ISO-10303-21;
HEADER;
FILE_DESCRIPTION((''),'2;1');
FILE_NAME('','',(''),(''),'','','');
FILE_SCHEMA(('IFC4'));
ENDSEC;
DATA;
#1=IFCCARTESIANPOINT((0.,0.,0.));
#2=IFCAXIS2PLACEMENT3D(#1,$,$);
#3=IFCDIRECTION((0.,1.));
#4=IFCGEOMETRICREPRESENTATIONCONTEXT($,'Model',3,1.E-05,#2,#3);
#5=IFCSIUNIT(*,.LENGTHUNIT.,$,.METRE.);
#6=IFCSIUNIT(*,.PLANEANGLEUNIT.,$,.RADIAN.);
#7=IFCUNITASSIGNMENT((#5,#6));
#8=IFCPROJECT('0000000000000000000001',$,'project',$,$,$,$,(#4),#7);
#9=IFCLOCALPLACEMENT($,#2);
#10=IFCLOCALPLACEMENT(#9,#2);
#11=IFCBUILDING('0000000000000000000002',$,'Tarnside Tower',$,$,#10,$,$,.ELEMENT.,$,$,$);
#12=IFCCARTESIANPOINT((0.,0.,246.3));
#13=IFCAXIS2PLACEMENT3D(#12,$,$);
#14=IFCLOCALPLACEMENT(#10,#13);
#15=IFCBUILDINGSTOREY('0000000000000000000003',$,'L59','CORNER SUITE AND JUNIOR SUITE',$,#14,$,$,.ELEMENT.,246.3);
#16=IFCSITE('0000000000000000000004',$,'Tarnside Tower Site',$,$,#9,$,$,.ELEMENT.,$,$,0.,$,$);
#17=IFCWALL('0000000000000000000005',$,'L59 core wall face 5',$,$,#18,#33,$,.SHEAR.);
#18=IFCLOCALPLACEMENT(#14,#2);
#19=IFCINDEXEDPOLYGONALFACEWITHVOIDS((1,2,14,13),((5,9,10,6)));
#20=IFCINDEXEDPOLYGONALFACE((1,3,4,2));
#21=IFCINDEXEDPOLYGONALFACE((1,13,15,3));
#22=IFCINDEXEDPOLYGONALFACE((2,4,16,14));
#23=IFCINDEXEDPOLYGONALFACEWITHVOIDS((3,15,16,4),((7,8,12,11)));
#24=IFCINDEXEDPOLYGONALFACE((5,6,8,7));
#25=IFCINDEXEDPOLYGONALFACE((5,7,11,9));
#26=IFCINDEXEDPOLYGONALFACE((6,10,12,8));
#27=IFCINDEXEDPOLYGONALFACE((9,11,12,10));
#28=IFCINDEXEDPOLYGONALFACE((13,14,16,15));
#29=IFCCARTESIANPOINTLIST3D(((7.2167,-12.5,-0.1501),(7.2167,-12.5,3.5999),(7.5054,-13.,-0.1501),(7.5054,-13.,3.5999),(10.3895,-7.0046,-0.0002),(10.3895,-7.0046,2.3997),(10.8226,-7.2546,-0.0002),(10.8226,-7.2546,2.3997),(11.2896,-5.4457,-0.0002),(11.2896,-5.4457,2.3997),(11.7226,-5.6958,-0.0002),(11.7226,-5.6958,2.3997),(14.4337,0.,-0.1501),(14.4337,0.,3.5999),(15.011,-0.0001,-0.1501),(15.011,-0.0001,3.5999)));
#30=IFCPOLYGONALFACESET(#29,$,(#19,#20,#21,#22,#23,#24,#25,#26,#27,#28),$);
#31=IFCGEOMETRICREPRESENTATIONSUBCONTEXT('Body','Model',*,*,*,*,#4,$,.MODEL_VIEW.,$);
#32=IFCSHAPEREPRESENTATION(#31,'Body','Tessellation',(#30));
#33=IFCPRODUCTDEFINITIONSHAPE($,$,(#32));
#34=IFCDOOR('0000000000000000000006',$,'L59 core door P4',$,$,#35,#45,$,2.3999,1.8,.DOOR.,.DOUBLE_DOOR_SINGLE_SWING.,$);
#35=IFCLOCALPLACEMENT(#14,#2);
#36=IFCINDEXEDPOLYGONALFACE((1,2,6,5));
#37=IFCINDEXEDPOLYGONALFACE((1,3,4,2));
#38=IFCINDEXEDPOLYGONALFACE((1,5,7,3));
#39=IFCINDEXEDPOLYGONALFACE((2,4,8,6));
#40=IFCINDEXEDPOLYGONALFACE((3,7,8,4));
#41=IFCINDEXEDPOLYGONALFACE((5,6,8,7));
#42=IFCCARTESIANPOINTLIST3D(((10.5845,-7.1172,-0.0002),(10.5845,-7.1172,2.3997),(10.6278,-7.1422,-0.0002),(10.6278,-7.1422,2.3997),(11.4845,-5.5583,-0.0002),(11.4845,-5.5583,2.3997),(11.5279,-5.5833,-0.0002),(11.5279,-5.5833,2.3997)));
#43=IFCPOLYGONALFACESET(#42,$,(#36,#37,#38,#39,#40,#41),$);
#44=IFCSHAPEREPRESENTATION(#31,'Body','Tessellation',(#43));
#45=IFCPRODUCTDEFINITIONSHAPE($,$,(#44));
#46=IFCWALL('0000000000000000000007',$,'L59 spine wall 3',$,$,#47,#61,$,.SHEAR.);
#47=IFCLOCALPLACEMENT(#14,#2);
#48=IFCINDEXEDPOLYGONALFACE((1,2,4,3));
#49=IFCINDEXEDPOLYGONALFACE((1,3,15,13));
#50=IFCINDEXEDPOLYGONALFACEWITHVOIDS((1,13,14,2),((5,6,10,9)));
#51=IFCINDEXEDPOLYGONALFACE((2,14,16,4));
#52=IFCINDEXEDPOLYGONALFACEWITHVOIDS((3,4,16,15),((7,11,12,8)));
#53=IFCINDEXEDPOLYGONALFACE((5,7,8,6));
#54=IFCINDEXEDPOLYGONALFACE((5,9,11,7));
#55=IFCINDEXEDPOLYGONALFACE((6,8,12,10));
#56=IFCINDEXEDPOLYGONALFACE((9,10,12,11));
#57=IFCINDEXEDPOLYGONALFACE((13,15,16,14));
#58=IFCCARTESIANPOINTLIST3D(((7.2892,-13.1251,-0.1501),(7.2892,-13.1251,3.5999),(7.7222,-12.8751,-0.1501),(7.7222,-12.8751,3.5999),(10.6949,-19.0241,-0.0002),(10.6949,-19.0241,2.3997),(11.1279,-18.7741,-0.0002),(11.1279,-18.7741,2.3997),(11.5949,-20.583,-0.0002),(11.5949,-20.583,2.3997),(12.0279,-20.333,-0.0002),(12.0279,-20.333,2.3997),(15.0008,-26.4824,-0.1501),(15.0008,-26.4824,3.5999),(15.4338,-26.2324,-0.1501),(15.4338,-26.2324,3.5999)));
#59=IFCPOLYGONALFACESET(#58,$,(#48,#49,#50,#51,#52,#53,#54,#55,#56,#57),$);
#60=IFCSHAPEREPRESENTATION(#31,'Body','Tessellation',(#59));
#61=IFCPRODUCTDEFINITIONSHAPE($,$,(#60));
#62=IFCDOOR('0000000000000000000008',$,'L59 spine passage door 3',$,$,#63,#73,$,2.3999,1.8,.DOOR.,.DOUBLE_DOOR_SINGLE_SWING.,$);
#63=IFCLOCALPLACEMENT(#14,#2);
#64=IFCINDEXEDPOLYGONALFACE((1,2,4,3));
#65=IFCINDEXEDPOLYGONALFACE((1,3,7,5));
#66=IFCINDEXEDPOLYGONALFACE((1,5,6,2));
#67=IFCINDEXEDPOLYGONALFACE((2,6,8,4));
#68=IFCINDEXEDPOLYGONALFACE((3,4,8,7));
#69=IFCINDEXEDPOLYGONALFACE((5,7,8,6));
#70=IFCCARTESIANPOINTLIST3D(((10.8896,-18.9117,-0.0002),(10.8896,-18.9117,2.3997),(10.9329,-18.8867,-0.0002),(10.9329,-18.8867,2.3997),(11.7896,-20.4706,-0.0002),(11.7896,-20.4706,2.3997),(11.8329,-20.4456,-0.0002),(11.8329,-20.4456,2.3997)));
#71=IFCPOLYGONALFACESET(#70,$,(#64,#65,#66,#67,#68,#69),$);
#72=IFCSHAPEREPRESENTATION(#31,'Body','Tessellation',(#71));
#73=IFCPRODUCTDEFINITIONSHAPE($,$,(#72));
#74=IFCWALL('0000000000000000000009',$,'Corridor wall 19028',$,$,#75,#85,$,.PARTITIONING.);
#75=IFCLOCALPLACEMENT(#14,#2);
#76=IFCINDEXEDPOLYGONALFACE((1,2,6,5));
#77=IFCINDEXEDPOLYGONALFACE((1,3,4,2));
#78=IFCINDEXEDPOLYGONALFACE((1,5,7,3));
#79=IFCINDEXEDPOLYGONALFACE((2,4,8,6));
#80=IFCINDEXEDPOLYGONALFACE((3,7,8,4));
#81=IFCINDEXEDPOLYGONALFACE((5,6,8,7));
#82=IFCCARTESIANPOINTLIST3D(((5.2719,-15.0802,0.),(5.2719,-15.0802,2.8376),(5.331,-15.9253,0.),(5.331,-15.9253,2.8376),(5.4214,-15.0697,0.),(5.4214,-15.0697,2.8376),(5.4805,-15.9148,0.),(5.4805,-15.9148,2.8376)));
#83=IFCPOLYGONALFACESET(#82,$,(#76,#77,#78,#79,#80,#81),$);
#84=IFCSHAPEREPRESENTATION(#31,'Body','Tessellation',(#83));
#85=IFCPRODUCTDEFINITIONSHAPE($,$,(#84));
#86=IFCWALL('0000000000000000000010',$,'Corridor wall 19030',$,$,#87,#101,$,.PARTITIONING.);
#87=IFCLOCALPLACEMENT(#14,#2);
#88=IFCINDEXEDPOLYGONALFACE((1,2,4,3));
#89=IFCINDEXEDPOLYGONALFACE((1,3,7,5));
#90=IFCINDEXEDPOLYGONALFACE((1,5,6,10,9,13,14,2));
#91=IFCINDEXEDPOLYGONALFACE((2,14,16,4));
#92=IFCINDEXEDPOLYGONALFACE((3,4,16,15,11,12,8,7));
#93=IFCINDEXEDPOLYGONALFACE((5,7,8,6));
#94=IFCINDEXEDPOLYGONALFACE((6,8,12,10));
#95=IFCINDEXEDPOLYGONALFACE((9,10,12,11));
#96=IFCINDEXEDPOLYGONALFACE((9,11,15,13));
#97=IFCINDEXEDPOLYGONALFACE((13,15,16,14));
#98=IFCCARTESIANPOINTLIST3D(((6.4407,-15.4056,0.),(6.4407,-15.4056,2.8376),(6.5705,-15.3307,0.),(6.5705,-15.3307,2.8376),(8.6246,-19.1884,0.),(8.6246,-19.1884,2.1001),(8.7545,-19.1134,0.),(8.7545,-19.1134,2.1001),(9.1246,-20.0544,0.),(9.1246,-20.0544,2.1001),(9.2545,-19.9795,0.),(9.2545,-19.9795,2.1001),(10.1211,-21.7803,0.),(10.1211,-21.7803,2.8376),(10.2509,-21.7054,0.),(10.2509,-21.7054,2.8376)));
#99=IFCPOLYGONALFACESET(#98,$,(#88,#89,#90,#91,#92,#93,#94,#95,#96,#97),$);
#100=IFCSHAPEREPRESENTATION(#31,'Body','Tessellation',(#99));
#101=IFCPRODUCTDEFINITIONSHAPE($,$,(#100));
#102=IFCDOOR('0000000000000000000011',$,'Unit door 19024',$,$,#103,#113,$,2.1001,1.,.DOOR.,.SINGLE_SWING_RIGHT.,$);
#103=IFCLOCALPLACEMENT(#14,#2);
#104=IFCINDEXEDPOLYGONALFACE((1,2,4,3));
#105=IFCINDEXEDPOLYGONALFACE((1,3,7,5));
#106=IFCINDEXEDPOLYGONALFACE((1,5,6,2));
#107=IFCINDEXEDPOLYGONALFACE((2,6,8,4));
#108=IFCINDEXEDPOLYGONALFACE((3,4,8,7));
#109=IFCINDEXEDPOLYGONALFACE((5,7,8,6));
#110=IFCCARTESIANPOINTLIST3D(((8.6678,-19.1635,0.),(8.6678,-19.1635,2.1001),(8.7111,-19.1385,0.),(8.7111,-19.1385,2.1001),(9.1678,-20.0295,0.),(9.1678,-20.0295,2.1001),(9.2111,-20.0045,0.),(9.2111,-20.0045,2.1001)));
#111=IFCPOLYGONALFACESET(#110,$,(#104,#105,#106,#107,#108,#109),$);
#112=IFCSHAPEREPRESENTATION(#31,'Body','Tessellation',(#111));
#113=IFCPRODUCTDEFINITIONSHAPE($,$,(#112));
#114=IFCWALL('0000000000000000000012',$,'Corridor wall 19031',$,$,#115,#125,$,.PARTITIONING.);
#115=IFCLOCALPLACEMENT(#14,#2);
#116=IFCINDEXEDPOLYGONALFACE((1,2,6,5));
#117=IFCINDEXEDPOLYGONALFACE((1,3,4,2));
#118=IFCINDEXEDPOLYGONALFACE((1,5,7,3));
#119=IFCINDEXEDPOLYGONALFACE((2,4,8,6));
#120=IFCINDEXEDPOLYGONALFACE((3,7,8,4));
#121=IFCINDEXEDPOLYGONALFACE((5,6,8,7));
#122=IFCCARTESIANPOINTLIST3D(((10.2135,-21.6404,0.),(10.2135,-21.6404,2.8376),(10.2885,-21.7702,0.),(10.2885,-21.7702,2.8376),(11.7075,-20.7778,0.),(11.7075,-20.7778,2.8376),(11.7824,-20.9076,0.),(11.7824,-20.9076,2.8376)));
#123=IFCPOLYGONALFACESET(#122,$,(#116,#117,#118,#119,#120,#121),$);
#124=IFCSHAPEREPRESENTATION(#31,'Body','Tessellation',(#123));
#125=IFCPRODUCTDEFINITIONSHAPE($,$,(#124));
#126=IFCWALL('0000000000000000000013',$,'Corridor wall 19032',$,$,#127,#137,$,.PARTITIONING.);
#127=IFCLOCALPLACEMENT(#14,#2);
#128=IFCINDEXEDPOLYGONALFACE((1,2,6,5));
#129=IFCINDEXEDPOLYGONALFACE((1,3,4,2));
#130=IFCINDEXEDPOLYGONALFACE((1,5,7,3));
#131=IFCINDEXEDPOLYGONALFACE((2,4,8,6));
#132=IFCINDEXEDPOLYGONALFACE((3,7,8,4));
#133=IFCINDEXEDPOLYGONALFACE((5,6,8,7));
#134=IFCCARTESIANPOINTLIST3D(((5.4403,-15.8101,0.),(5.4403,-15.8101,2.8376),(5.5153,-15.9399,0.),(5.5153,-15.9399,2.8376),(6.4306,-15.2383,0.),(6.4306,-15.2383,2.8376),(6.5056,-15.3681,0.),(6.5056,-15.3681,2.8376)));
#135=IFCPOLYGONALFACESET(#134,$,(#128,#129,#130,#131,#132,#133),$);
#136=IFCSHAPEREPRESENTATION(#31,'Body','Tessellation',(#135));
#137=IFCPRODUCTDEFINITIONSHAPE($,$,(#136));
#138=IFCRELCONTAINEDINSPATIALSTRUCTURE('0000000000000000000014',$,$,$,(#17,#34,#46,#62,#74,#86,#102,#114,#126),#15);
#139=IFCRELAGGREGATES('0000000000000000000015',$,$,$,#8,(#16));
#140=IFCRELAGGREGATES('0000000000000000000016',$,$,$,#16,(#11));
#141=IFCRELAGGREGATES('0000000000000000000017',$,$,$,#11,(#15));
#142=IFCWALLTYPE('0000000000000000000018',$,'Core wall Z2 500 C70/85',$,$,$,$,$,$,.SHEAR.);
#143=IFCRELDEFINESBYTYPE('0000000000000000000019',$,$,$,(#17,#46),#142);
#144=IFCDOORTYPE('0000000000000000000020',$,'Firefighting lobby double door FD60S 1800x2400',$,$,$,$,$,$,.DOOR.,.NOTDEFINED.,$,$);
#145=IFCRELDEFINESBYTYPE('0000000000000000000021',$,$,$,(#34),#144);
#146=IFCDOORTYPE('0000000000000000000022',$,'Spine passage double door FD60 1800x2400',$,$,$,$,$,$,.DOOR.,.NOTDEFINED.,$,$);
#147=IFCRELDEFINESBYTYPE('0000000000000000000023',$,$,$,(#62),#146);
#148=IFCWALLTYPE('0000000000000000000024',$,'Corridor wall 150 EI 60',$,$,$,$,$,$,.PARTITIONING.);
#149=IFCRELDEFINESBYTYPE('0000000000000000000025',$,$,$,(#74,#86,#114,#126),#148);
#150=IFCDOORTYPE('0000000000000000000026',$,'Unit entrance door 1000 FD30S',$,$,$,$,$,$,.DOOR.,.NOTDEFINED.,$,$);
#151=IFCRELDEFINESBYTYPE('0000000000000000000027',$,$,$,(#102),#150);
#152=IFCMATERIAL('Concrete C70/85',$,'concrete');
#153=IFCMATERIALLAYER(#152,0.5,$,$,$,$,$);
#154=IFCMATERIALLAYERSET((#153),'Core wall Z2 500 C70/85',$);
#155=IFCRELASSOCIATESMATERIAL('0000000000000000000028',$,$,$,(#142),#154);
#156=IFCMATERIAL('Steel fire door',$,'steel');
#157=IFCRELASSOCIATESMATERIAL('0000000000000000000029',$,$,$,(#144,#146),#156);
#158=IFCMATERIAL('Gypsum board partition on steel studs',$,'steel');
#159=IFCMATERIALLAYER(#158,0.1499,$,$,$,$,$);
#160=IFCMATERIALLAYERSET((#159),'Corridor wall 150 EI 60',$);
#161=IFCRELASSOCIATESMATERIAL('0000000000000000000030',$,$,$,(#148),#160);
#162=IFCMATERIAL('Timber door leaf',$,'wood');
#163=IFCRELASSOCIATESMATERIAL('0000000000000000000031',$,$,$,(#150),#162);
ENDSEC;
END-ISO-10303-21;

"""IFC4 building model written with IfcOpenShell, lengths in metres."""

from ifc_helpers import new_model, si_unit, direction, frame, frame_2d, origin, place, context, subcontext, project, spatial, polyline, rectangle, outline, extrude, material, layer, layer_set, type_object, element, fill, save


model = new_model("IFC4")

# Units and contexts
model_context = context("Model", 3, precision=1e-05, world=origin(), true_north=direction((0.0, 1.0)))
body_context = subcontext(model_context, "Body", "Model", "MODEL_VIEW")
ifc_project = project(units=[si_unit("LENGTHUNIT", "METRE"), si_unit("PLANEANGLEUNIT", "RADIAN")], contexts=[model_context])

# Site, building, storey
site_placement = place(None, origin())
site = spatial("IfcSite", under=ifc_project, at=site_placement, Name="Tarnside Tower Site", CompositionType="ELEMENT", RefElevation=0.0)
building_placement = place(site_placement, origin())
building = spatial("IfcBuilding", under=site, at=building_placement, Name="Tarnside Tower", CompositionType="ELEMENT")
storey_placement = place(building_placement, frame((0.0, 0.0, 246.3)))
storey = spatial("IfcBuildingStorey", under=building, at=storey_placement, Name="L59", Description="CORNER SUITE AND JUNIOR SUITE", CompositionType="ELEMENT", Elevation=246.3)

# Walls, openings, doors
ifc_material_1 = material(Name="Gypsum board partition on steel studs", Category="steel")
ifc_material_2 = material(Name="Timber door leaf", Category="wood")
ifc_material_3 = material(Name="Concrete C70/85", Category="concrete")
ifc_layer_1 = layer(ifc_material_3, 0.5)
ifc_layer_set_1 = layer_set([ifc_layer_1], Name="Core wall Z2 500 C70/85")
wall_type_1 = type_object("IfcWallType", Name="Core wall Z2 500 C70/85", PredefinedType="SHEAR", material=ifc_layer_set_1)
wall_1_placement = place(storey_placement, frame((7.3611, -12.75, -0.1501), z_axis=(0.0, 0.0, 1.0), x_axis=(0.500006, 0.866022, 0.0)))
wall_1 = element("IfcWall", 1, at=wall_1_placement, inside=storey, type_object=wall_type_1, Name="L59 core wall face 5", PredefinedType="SHEAR", context=body_context, shape_type="SweptSolid", body=[
    extrude(outline(polyline([(-0.1443, -0.25), (14.8667, -0.25), (14.5781, 0.25), (0.1443, 0.25), (-0.1443, -0.25)])), origin(), (0.0, 0.0, 1.0), 3.75),
])
opening_1_placement = place(wall_1_placement, frame((6.49, 0.0, 0.1499)))
opening_1 = element("IfcOpeningElement", 2, at=opening_1_placement, cuts=wall_1, PredefinedType="OPENING", context=body_context, shape_type="SweptSolid", body=[
    extrude(rectangle(XDim=1.8, YDim=2.3999, at=frame_2d((0.8999, 1.2))), frame((0.0, 0.26, 0.0), z_axis=(0.0, -1.0, 0.0), x_axis=(1.0, 0.0, 0.0)), (0.0, 0.0, 1.0), 0.52),
])
ifc_material_4 = material(Name="Steel fire door", Category="steel")
door_type_1 = type_object("IfcDoorType", Name="Firefighting lobby double door FD60S 1800x2400", OperationType="NOTDEFINED", PredefinedType="DOOR", material=ifc_material_4)
door_1_placement = place(opening_1_placement, origin())
door_1 = element("IfcDoor", 3, at=door_1_placement, inside=storey, type_object=door_type_1, Name="L59 core door P4", OperationType="DOUBLE_DOOR_SINGLE_SWING", OverallHeight=2.3999, OverallWidth=1.8, PredefinedType="DOOR", context=body_context, shape_type="SweptSolid", body=[
    extrude(rectangle(XDim=1.8, YDim=2.3999, at=frame_2d((0.8999, 1.2))), frame((0.0, 0.0249, 0.0), z_axis=(0.0, -1.0, 0.0), x_axis=(1.0, 0.0, 0.0)), (0.0, 0.0, 1.0), 0.05),
])
fill(opening_1, door_1)
wall_2_placement = place(storey_placement, frame((7.5056, -13.0, -0.1501), z_axis=(0.0, 0.0, 1.0), x_axis=(0.499988, -0.866032, 0.0)))
wall_2 = element("IfcWall", 4, at=wall_2_placement, inside=storey, type_object=wall_type_1, Name="L59 spine wall 3", PredefinedType="SHEAR", context=body_context, shape_type="SweptSolid", body=[
    extrude(rectangle(XDim=15.4236, YDim=0.5, at=frame_2d((7.7119, 0.0))), origin(), (0.0, 0.0, 1.0), 3.75),
])
opening_2_placement = place(wall_2_placement, frame((6.8118, 0.0, 0.1499)))
opening_2 = element("IfcOpeningElement", 5, at=opening_2_placement, cuts=wall_2, PredefinedType="OPENING", context=body_context, shape_type="SweptSolid", body=[
    extrude(rectangle(XDim=1.8, YDim=2.3999, at=frame_2d((0.8999, 1.2))), frame((0.0, 0.26, 0.0), z_axis=(0.0, -1.0, 0.0), x_axis=(1.0, 0.0, 0.0)), (0.0, 0.0, 1.0), 0.52),
])
door_type_2 = type_object("IfcDoorType", Name="Spine passage double door FD60 1800x2400", OperationType="NOTDEFINED", PredefinedType="DOOR", material=ifc_material_4)
door_2_placement = place(opening_2_placement, origin())
door_2 = element("IfcDoor", 6, at=door_2_placement, inside=storey, type_object=door_type_2, Name="L59 spine passage door 3", OperationType="DOUBLE_DOOR_SINGLE_SWING", OverallHeight=2.3999, OverallWidth=1.8, PredefinedType="DOOR", context=body_context, shape_type="SweptSolid", body=[
    extrude(rectangle(XDim=1.8, YDim=2.3999, at=frame_2d((0.8999, 1.2))), frame((0.0, 0.0249, 0.0), z_axis=(0.0, -1.0, 0.0), x_axis=(1.0, 0.0, 0.0)), (0.0, 0.0, 1.0), 0.05),
])
fill(opening_2, door_2)

# Wall
ifc_layer_2 = layer(ifc_material_1, 0.1499)
ifc_layer_set_2 = layer_set([ifc_layer_2], Name="Corridor wall 150 EI 60")
wall_type_2 = type_object("IfcWallType", Name="Corridor wall 150 EI 60", PredefinedType="PARTITIONING", material=ifc_layer_set_2)
wall_3_placement = place(storey_placement, frame((5.3467, -15.075, 0.0), z_axis=(0.0, 0.0, 1.0), x_axis=(0.069732, -0.997566, 0.0)))
element("IfcWall", 7, at=wall_3_placement, inside=storey, type_object=wall_type_2, Name="Corridor wall 19028", PredefinedType="PARTITIONING", context=body_context, shape_type="SweptSolid", body=[
    extrude(rectangle(XDim=0.8472, YDim=0.1499, at=frame_2d((0.4236, 0.0))), origin(), (0.0, 0.0, 1.0), 2.8376),
])

# Wall, opening, door
wall_4_placement = place(storey_placement, frame((6.5056, -15.3682, 0.0), z_axis=(0.0, 0.0, 1.0), x_axis=(0.499995, -0.866028, 0.0)))
wall_4 = element("IfcWall", 8, at=wall_4_placement, inside=storey, type_object=wall_type_2, Name="Corridor wall 19030", PredefinedType="PARTITIONING", context=body_context, shape_type="SweptSolid", body=[
    extrude(rectangle(XDim=7.3608, YDim=0.1499, at=frame_2d((3.6804, 0.0))), origin(), (0.0, 0.0, 1.0), 2.8376),
])
opening_3_placement = place(wall_4_placement, frame((4.3679, 0.0, 0.0)))
opening_3 = element("IfcOpeningElement", 9, at=opening_3_placement, cuts=wall_4, PredefinedType="OPENING", context=body_context, shape_type="SweptSolid", body=[
    extrude(rectangle(XDim=1.0, YDim=2.1001, at=frame_2d((0.5, 1.05))), frame((0.0, 0.085, 0.0), z_axis=(0.0, -1.0, 0.0), x_axis=(1.0, 0.0, 0.0)), (0.0, 0.0, 1.0), 0.1699),
])
door_type_3 = type_object("IfcDoorType", Name="Unit entrance door 1000 FD30S", OperationType="NOTDEFINED", PredefinedType="DOOR", material=ifc_material_2)
door_3_placement = place(opening_3_placement, origin())
door_3 = element("IfcDoor", 10, at=door_3_placement, inside=storey, type_object=door_type_3, Name="Unit door 19024", OperationType="SINGLE_SWING_RIGHT", OverallHeight=2.1001, OverallWidth=1.0, PredefinedType="DOOR", context=body_context, shape_type="SweptSolid", body=[
    extrude(rectangle(XDim=1.0, YDim=2.1001, at=frame_2d((0.5, 1.05))), frame((0.0, 0.0249, 0.0), z_axis=(0.0, -1.0, 0.0), x_axis=(1.0, 0.0, 0.0)), (0.0, 0.0, 1.0), 0.05),
])
fill(opening_3, door_3)

# Walls
wall_5_placement = place(storey_placement, frame((10.251, -21.7053, 0.0), z_axis=(0.0, 0.0, 1.0), x_axis=(0.866014, 0.500021, 0.0)))
element("IfcWall", 11, at=wall_5_placement, inside=storey, type_object=wall_type_2, Name="Corridor wall 19031", PredefinedType="PARTITIONING", context=body_context, shape_type="SweptSolid", body=[
    extrude(rectangle(XDim=1.7251, YDim=0.1499, at=frame_2d((0.8625, 0.0))), origin(), (0.0, 0.0, 1.0), 2.8376),
])
wall_6_placement = place(storey_placement, frame((5.4778, -15.875, 0.0), z_axis=(0.0, 0.0, 1.0), x_axis=(0.866001, 0.500043, 0.0)))
element("IfcWall", 12, at=wall_6_placement, inside=storey, type_object=wall_type_2, Name="Corridor wall 19032", PredefinedType="PARTITIONING", context=body_context, shape_type="SweptSolid", body=[
    extrude(rectangle(XDim=1.1436, YDim=0.1499, at=frame_2d((0.5718, 0.0))), origin(), (0.0, 0.0, 1.0), 2.8376),
])

save(model, "model.ifc")
